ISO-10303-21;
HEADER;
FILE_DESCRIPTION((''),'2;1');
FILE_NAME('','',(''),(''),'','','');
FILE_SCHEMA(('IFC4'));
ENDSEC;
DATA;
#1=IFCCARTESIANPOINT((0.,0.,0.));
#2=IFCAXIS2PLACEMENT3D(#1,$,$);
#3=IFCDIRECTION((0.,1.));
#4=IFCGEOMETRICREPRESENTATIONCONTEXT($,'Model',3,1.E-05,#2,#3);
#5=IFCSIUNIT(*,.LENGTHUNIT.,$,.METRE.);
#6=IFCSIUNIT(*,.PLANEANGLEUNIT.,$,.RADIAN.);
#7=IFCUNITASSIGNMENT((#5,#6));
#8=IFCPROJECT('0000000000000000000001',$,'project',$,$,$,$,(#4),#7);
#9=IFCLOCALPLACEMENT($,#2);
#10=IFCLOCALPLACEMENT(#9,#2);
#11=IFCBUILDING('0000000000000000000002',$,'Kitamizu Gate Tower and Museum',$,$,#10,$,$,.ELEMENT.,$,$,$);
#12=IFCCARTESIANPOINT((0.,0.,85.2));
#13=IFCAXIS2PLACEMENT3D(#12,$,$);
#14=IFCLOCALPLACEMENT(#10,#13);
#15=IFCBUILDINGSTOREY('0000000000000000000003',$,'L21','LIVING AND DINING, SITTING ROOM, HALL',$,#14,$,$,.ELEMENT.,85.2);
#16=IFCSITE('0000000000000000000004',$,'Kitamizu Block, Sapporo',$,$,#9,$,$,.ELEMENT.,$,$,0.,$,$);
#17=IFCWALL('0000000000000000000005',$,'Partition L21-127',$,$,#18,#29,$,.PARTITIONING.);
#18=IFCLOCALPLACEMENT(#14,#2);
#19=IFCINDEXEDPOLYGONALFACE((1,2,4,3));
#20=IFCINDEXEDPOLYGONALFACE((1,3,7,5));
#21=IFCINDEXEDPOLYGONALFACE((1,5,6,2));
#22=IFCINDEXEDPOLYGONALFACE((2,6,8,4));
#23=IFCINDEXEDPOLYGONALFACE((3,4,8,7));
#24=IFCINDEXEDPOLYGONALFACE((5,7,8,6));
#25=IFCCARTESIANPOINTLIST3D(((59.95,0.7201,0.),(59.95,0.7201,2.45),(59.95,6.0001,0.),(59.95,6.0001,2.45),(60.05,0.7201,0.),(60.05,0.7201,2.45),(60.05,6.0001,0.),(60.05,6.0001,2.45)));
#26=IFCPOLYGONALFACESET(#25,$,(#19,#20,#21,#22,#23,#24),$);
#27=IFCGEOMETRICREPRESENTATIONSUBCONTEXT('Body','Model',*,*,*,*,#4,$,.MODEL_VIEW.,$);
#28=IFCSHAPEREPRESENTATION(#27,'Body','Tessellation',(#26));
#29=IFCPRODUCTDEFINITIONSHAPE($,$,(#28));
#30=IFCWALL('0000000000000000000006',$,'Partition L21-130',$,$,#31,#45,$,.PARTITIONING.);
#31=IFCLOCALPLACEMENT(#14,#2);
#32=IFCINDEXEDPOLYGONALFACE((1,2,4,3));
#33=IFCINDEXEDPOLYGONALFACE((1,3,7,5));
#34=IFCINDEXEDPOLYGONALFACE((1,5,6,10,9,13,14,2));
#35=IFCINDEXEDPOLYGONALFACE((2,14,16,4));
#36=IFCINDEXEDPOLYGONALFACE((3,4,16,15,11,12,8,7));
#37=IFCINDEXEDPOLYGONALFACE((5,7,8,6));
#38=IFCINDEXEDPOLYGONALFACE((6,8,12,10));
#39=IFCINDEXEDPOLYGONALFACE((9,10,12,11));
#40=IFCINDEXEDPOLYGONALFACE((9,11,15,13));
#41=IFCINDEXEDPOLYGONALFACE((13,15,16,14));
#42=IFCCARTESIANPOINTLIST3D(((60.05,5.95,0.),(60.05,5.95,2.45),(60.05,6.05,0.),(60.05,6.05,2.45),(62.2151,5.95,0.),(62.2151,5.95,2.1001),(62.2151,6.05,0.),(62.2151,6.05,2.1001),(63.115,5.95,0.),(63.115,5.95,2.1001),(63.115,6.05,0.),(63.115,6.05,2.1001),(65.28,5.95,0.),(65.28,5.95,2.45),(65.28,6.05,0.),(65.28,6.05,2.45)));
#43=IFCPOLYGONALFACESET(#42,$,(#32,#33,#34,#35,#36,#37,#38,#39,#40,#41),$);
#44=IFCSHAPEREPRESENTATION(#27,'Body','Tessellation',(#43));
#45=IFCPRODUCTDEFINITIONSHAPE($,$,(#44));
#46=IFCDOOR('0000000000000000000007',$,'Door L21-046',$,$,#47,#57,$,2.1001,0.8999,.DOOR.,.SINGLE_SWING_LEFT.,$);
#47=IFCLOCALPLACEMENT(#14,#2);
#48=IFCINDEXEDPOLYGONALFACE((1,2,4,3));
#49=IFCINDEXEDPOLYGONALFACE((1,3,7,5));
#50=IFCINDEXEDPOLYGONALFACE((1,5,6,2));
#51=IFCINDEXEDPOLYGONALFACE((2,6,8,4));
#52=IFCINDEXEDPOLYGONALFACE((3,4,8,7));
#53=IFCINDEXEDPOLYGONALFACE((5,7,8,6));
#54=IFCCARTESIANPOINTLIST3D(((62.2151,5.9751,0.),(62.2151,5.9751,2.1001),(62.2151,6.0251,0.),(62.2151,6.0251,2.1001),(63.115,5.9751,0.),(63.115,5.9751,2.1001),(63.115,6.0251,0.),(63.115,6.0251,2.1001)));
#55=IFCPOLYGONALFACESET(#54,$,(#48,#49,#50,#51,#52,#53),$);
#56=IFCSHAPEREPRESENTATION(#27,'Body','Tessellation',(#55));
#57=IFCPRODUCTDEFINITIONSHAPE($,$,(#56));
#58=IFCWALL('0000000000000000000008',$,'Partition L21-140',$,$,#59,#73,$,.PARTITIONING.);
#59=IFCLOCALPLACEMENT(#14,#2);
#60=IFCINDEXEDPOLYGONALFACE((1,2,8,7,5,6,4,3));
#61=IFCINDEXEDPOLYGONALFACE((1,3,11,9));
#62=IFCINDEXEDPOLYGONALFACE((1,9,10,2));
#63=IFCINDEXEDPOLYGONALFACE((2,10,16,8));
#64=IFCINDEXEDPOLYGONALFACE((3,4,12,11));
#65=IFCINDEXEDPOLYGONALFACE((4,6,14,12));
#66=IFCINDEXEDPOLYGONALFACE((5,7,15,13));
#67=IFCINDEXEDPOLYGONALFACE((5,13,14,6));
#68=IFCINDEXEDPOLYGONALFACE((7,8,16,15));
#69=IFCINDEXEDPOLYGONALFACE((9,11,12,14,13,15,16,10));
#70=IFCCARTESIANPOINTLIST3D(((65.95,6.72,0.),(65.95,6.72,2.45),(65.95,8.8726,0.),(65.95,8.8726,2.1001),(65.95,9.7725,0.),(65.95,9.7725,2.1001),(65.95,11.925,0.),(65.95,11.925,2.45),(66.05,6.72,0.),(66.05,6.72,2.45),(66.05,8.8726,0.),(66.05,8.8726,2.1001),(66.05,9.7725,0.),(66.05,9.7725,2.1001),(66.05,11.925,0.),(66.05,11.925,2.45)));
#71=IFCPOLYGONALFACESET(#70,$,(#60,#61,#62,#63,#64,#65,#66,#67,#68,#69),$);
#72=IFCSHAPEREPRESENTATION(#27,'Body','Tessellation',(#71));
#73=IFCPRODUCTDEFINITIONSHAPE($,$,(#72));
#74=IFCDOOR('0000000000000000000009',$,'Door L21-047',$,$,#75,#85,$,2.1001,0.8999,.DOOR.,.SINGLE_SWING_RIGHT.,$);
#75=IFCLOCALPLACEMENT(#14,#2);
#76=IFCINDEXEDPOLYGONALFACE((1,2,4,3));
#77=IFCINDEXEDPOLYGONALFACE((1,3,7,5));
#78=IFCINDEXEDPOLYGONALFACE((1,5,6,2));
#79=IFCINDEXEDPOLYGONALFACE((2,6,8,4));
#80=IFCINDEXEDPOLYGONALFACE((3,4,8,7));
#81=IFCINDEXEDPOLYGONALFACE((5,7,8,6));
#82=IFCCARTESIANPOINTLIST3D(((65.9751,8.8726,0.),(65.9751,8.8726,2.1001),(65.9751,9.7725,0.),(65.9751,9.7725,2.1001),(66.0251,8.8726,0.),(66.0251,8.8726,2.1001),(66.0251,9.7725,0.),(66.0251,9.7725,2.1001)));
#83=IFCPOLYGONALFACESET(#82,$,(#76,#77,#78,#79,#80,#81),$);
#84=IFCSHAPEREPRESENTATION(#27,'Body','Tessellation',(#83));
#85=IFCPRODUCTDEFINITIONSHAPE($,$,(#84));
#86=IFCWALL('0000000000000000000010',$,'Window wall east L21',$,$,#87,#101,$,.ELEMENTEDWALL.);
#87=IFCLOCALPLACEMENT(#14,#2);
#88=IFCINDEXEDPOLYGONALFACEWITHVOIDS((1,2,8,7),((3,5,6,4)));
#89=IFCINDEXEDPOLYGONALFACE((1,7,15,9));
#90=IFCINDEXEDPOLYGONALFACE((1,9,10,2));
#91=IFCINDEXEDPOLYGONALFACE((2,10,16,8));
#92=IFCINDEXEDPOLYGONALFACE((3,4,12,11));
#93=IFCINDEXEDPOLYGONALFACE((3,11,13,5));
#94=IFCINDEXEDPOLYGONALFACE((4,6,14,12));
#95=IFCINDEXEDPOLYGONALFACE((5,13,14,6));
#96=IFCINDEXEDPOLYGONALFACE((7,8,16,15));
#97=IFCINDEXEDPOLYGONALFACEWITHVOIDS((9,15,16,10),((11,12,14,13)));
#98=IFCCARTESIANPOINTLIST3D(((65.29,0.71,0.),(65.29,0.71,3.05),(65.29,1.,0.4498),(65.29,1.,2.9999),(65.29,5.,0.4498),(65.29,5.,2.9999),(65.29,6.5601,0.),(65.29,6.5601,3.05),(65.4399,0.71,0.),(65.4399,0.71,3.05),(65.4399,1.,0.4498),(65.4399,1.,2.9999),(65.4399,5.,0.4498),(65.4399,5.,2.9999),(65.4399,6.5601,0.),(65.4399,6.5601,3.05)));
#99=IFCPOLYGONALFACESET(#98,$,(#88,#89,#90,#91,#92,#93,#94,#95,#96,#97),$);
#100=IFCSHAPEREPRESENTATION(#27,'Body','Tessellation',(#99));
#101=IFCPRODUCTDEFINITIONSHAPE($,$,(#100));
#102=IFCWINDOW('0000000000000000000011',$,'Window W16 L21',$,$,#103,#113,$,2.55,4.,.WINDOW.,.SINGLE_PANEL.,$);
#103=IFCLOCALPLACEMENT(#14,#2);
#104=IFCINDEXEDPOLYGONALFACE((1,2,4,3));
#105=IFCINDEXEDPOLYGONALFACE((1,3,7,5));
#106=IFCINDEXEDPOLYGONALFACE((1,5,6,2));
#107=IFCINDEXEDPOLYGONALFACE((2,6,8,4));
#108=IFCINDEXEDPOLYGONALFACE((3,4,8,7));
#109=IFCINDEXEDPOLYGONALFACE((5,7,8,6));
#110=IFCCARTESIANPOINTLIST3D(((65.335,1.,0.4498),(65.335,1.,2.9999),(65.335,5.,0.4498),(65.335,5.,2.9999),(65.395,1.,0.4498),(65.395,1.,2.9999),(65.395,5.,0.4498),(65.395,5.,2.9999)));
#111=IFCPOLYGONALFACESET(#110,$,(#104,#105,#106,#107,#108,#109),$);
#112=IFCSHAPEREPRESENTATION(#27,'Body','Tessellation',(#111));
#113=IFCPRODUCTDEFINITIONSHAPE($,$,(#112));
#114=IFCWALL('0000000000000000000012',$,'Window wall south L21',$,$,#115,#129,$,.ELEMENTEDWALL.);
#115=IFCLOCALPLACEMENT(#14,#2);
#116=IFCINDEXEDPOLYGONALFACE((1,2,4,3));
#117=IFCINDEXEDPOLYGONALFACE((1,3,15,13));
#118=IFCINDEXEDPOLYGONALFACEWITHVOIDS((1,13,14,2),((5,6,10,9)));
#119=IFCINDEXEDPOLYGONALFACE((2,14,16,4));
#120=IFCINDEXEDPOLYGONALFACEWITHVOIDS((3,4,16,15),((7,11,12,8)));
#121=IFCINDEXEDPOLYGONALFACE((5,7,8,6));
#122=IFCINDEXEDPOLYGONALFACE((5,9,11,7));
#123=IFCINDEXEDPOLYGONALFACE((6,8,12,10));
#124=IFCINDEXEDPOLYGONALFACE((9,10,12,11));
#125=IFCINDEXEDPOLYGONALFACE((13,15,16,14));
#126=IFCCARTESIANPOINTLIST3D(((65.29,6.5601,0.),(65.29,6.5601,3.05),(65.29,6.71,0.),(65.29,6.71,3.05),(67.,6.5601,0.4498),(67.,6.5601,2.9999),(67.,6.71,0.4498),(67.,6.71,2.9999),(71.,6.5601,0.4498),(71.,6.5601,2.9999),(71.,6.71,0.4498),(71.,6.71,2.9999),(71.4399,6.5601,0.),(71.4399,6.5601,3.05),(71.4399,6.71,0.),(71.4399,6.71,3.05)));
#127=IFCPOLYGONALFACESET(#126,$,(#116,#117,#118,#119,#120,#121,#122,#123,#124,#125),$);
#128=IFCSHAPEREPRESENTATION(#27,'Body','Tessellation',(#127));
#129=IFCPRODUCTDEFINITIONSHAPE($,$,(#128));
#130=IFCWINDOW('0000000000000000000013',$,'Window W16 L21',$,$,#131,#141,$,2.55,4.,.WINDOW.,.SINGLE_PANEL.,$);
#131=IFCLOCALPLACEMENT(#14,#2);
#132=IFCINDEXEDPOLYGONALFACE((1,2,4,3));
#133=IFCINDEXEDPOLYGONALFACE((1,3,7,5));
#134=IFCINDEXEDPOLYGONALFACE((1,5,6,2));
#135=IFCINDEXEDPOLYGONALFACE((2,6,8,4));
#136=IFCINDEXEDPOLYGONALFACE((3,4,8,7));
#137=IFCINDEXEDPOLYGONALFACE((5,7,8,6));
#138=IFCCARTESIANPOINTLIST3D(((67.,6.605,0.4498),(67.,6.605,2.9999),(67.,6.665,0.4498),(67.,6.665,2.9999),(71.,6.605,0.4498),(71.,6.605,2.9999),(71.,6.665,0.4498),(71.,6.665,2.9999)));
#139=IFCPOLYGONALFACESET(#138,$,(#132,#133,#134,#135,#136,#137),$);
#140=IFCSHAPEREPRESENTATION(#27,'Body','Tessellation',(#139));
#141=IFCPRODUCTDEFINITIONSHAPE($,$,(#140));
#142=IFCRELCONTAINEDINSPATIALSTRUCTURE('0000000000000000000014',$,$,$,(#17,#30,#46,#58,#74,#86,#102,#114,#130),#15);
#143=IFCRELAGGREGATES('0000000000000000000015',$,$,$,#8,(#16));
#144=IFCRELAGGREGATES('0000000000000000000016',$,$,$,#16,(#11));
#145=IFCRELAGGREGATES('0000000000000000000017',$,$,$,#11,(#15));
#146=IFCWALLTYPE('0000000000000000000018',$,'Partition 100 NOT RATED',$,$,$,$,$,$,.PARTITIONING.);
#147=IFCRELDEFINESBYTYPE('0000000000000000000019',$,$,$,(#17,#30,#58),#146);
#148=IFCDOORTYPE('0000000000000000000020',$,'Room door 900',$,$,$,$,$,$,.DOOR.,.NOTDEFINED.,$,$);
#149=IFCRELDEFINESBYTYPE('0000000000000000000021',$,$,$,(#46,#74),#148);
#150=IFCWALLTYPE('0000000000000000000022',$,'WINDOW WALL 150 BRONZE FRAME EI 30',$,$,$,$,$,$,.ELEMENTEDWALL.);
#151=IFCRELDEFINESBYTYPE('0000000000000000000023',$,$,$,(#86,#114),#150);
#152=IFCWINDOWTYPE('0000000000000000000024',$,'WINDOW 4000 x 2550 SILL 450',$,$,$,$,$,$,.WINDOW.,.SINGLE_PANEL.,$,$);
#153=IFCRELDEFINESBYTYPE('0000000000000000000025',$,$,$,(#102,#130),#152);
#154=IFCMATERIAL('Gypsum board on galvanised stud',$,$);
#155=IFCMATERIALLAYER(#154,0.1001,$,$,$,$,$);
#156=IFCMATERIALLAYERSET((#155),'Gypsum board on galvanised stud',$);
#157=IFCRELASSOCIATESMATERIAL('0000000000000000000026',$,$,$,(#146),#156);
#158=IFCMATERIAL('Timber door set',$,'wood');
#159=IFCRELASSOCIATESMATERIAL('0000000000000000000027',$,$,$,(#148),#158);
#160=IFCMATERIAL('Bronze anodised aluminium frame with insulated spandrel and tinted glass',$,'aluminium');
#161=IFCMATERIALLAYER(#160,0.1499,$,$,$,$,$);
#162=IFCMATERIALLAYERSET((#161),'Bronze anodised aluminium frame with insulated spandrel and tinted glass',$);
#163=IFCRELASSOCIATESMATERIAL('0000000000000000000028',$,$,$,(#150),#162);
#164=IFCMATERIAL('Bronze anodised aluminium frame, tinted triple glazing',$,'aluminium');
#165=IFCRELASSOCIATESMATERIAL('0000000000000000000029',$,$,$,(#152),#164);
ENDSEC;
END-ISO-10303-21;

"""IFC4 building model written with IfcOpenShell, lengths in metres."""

from ifc_helpers import new_model, si_unit, direction, frame, frame_2d, origin, place, context, subcontext, project, spatial, rectangle, extrude, material, layer, layer_set, type_object, element, fill, save


model = new_model("IFC4")

# Units and contexts
model_context = context("Model", 3, precision=1e-05, world=origin(), true_north=direction((0.0, 1.0)))
body_context = subcontext(model_context, "Body", "Model", "MODEL_VIEW")
ifc_project = project(units=[si_unit("LENGTHUNIT", "METRE"), si_unit("PLANEANGLEUNIT", "RADIAN")], contexts=[model_context])

# Site, building, storey
site_placement = place(None, origin())
site = spatial("IfcSite", under=ifc_project, at=site_placement, Name="Kitamizu Block, Sapporo", CompositionType="ELEMENT", RefElevation=0.0)
building_placement = place(site_placement, origin())
building = spatial("IfcBuilding", under=site, at=building_placement, Name="Kitamizu Gate Tower and Museum", CompositionType="ELEMENT")
storey_placement = place(building_placement, frame((0.0, 0.0, 85.2)))
storey = spatial("IfcBuildingStorey", under=building, at=storey_placement, Name="L21", Description="LIVING AND DINING, SITTING ROOM, HALL", CompositionType="ELEMENT", Elevation=85.2)

# Wall
ifc_material_1 = material(Name="Gypsum board on galvanised stud")
ifc_layer_1 = layer(ifc_material_1, 0.1001)
ifc_layer_set_1 = layer_set([ifc_layer_1], Name="Gypsum board on galvanised stud")
wall_type_1 = type_object("IfcWallType", Name="Partition 100 NOT RATED", PredefinedType="PARTITIONING", material=ifc_layer_set_1)
wall_1_placement = place(storey_placement, frame((60.0, 0.72, 0.0), z_axis=(0.0, 0.0, 1.0), x_axis=(0.0, 1.0, 0.0)))
element("IfcWall", 1, at=wall_1_placement, inside=storey, type_object=wall_type_1, Name="Partition L21-127", PredefinedType="PARTITIONING", context=body_context, shape_type="SweptSolid", body=[
    extrude(rectangle(XDim=5.28, YDim=0.1001, at=frame_2d((2.6401, 0.0))), origin(), (0.0, 0.0, 1.0), 2.45),
])

# Walls, openings, doors
wall_2_placement = place(storey_placement, frame((65.28, 6.0, 0.0), z_axis=(0.0, 0.0, 1.0), x_axis=(-1.0, 0.0, 0.0)))
wall_2 = element("IfcWall", 2, at=wall_2_placement, inside=storey, type_object=wall_type_1, Name="Partition L21-130", PredefinedType="PARTITIONING", context=body_context, shape_type="SweptSolid", body=[
    extrude(rectangle(XDim=5.23, YDim=0.1001, at=frame_2d((2.615, 0.0))), origin(), (0.0, 0.0, 1.0), 2.45),
])
opening_1_placement = place(wall_2_placement, frame((2.165, 0.0, 0.0)))
opening_1 = element("IfcOpeningElement", 3, at=opening_1_placement, cuts=wall_2, PredefinedType="OPENING", context=body_context, shape_type="SweptSolid", body=[
    extrude(rectangle(XDim=0.8999, YDim=2.1001, at=frame_2d((0.45, 1.05))), frame((0.0, 0.0601, 0.0), z_axis=(0.0, -1.0, 0.0), x_axis=(1.0, 0.0, 0.0)), (0.0, 0.0, 1.0), 0.1201),
])
ifc_material_2 = material(Name="Timber door set", Category="wood")
door_type = type_object("IfcDoorType", Name="Room door 900", OperationType="NOTDEFINED", PredefinedType="DOOR", material=ifc_material_2)
door_1_placement = place(opening_1_placement, origin())
door_1 = element("IfcDoor", 4, at=door_1_placement, inside=storey, type_object=door_type, Name="Door L21-046", OperationType="SINGLE_SWING_LEFT", OverallHeight=2.1001, OverallWidth=0.8999, PredefinedType="DOOR", context=body_context, shape_type="SweptSolid", body=[
    extrude(rectangle(XDim=0.8999, YDim=2.1001, at=frame_2d((0.45, 1.05))), frame((0.0, 0.0249, 0.0), z_axis=(0.0, -1.0, 0.0), x_axis=(1.0, 0.0, 0.0)), (0.0, 0.0, 1.0), 0.05),
])
fill(opening_1, door_1)
wall_3_placement = place(storey_placement, frame((66.0, 6.72, 0.0), z_axis=(0.0, 0.0, 1.0), x_axis=(0.0, 1.0, 0.0)))
wall_3 = element("IfcWall", 5, at=wall_3_placement, inside=storey, type_object=wall_type_1, Name="Partition L21-140", PredefinedType="PARTITIONING", context=body_context, shape_type="SweptSolid", body=[
    extrude(rectangle(XDim=5.2051, YDim=0.1001, at=frame_2d((2.6025, 0.0))), origin(), (0.0, 0.0, 1.0), 2.45),
])
opening_2_placement = place(wall_3_placement, frame((2.1526, 0.0, 0.0)))
opening_2 = element("IfcOpeningElement", 6, at=opening_2_placement, cuts=wall_3, PredefinedType="OPENING", context=body_context, shape_type="SweptSolid", body=[
    extrude(rectangle(XDim=0.8999, YDim=2.1001, at=frame_2d((0.45, 1.05))), frame((0.0, 0.0601, 0.0), z_axis=(0.0, -1.0, 0.0), x_axis=(1.0, 0.0, 0.0)), (0.0, 0.0, 1.0), 0.1201),
])
door_2_placement = place(opening_2_placement, origin())
door_2 = element("IfcDoor", 7, at=door_2_placement, inside=storey, type_object=door_type, Name="Door L21-047", OperationType="SINGLE_SWING_RIGHT", OverallHeight=2.1001, OverallWidth=0.8999, PredefinedType="DOOR", context=body_context, shape_type="SweptSolid", body=[
    extrude(rectangle(XDim=0.8999, YDim=2.1001, at=frame_2d((0.45, 1.05))), frame((0.0, 0.0249, 0.0), z_axis=(0.0, -1.0, 0.0), x_axis=(1.0, 0.0, 0.0)), (0.0, 0.0, 1.0), 0.05),
])
fill(opening_2, door_2)

# Walls, openings, windows
ifc_material_3 = material(Name="Bronze anodised aluminium frame with insulated spandrel and tinted glass", Category="aluminium")
ifc_layer_2 = layer(ifc_material_3, 0.1499)
ifc_layer_set_2 = layer_set([ifc_layer_2], Name="Bronze anodised aluminium frame with insulated spandrel and tinted glass")
wall_type_2 = type_object("IfcWallType", Name="WINDOW WALL 150 BRONZE FRAME EI 30", PredefinedType="ELEMENTEDWALL", material=ifc_layer_set_2)
wall_4_placement = place(storey_placement, frame((65.365, 0.71, 0.0), z_axis=(0.0, 0.0, 1.0), x_axis=(0.0, 1.0, 0.0)))
wall_4 = element("IfcWall", 8, at=wall_4_placement, inside=storey, type_object=wall_type_2, Name="Window wall east L21", PredefinedType="ELEMENTEDWALL", context=body_context, shape_type="SweptSolid", body=[
    extrude(rectangle(XDim=5.8501, YDim=0.1499, at=frame_2d((2.925, 0.0))), origin(), (0.0, 0.0, 1.0), 3.05),
])
opening_3_placement = place(wall_4_placement, frame((0.29, 0.0, 0.45)))
opening_3 = element("IfcOpeningElement", 9, at=opening_3_placement, cuts=wall_4, PredefinedType="OPENING", context=body_context, shape_type="SweptSolid", body=[
    extrude(rectangle(XDim=4.0, YDim=2.55, at=frame_2d((2.0, 1.2749))), frame((0.0, 0.085, 0.0), z_axis=(0.0, -1.0, 0.0), x_axis=(1.0, 0.0, 0.0)), (0.0, 0.0, 1.0), 0.1699),
])
ifc_material_4 = material(Name="Bronze anodised aluminium frame, tinted triple glazing", Category="aluminium")
window_type_1 = type_object("IfcWindowType", Name="WINDOW 4000 x 2550 SILL 450", PartitioningType="SINGLE_PANEL", PredefinedType="WINDOW", material=ifc_material_4)
window_1_placement = place(opening_3_placement, origin())
window_1 = element("IfcWindow", 10, at=window_1_placement, inside=storey, type_object=window_type_1, Name="Window W16 L21", OverallHeight=2.55, OverallWidth=4.0, PartitioningType="SINGLE_PANEL", PredefinedType="WINDOW", context=body_context, shape_type="SweptSolid", body=[
    extrude(rectangle(XDim=4.0, YDim=2.55, at=frame_2d((2.0, 1.2749))), frame((0.0, 0.03, 0.0), z_axis=(0.0, -1.0, 0.0), x_axis=(1.0, 0.0, 0.0)), (0.0, 0.0, 1.0), 0.0601),
])
fill(opening_3, window_1)
wall_5_placement = place(storey_placement, frame((65.29, 6.635, 0.0), z_axis=(0.0, 0.0, 1.0), x_axis=(1.0, 0.0, 0.0)))
wall_5 = element("IfcWall", 11, at=wall_5_placement, inside=storey, type_object=wall_type_2, Name="Window wall south L21", PredefinedType="ELEMENTEDWALL", context=body_context, shape_type="SweptSolid", body=[
    extrude(rectangle(XDim=6.1499, YDim=0.1499, at=frame_2d((3.075, 0.0))), origin(), (0.0, 0.0, 1.0), 3.05),
])
opening_4_placement = place(wall_5_placement, frame((1.71, 0.0, 0.45)))
opening_4 = element("IfcOpeningElement", 12, at=opening_4_placement, cuts=wall_5, PredefinedType="OPENING", context=body_context, shape_type="SweptSolid", body=[
    extrude(rectangle(XDim=4.0, YDim=2.55, at=frame_2d((2.0, 1.2749))), frame((0.0, 0.085, 0.0), z_axis=(0.0, -1.0, 0.0), x_axis=(1.0, 0.0, 0.0)), (0.0, 0.0, 1.0), 0.1699),
])
window_2_placement = place(opening_4_placement, origin())
window_2 = element("IfcWindow", 13, at=window_2_placement, inside=storey, type_object=window_type_1, Name="Window W16 L21", OverallHeight=2.55, OverallWidth=4.0, PartitioningType="SINGLE_PANEL", PredefinedType="WINDOW", context=body_context, shape_type="SweptSolid", body=[
    extrude(rectangle(XDim=4.0, YDim=2.55, at=frame_2d((2.0, 1.2749))), frame((0.0, 0.03, 0.0), z_axis=(0.0, -1.0, 0.0), x_axis=(1.0, 0.0, 0.0)), (0.0, 0.0, 1.0), 0.0601),
])
fill(opening_4, window_2)

save(model, "model.ifc")
